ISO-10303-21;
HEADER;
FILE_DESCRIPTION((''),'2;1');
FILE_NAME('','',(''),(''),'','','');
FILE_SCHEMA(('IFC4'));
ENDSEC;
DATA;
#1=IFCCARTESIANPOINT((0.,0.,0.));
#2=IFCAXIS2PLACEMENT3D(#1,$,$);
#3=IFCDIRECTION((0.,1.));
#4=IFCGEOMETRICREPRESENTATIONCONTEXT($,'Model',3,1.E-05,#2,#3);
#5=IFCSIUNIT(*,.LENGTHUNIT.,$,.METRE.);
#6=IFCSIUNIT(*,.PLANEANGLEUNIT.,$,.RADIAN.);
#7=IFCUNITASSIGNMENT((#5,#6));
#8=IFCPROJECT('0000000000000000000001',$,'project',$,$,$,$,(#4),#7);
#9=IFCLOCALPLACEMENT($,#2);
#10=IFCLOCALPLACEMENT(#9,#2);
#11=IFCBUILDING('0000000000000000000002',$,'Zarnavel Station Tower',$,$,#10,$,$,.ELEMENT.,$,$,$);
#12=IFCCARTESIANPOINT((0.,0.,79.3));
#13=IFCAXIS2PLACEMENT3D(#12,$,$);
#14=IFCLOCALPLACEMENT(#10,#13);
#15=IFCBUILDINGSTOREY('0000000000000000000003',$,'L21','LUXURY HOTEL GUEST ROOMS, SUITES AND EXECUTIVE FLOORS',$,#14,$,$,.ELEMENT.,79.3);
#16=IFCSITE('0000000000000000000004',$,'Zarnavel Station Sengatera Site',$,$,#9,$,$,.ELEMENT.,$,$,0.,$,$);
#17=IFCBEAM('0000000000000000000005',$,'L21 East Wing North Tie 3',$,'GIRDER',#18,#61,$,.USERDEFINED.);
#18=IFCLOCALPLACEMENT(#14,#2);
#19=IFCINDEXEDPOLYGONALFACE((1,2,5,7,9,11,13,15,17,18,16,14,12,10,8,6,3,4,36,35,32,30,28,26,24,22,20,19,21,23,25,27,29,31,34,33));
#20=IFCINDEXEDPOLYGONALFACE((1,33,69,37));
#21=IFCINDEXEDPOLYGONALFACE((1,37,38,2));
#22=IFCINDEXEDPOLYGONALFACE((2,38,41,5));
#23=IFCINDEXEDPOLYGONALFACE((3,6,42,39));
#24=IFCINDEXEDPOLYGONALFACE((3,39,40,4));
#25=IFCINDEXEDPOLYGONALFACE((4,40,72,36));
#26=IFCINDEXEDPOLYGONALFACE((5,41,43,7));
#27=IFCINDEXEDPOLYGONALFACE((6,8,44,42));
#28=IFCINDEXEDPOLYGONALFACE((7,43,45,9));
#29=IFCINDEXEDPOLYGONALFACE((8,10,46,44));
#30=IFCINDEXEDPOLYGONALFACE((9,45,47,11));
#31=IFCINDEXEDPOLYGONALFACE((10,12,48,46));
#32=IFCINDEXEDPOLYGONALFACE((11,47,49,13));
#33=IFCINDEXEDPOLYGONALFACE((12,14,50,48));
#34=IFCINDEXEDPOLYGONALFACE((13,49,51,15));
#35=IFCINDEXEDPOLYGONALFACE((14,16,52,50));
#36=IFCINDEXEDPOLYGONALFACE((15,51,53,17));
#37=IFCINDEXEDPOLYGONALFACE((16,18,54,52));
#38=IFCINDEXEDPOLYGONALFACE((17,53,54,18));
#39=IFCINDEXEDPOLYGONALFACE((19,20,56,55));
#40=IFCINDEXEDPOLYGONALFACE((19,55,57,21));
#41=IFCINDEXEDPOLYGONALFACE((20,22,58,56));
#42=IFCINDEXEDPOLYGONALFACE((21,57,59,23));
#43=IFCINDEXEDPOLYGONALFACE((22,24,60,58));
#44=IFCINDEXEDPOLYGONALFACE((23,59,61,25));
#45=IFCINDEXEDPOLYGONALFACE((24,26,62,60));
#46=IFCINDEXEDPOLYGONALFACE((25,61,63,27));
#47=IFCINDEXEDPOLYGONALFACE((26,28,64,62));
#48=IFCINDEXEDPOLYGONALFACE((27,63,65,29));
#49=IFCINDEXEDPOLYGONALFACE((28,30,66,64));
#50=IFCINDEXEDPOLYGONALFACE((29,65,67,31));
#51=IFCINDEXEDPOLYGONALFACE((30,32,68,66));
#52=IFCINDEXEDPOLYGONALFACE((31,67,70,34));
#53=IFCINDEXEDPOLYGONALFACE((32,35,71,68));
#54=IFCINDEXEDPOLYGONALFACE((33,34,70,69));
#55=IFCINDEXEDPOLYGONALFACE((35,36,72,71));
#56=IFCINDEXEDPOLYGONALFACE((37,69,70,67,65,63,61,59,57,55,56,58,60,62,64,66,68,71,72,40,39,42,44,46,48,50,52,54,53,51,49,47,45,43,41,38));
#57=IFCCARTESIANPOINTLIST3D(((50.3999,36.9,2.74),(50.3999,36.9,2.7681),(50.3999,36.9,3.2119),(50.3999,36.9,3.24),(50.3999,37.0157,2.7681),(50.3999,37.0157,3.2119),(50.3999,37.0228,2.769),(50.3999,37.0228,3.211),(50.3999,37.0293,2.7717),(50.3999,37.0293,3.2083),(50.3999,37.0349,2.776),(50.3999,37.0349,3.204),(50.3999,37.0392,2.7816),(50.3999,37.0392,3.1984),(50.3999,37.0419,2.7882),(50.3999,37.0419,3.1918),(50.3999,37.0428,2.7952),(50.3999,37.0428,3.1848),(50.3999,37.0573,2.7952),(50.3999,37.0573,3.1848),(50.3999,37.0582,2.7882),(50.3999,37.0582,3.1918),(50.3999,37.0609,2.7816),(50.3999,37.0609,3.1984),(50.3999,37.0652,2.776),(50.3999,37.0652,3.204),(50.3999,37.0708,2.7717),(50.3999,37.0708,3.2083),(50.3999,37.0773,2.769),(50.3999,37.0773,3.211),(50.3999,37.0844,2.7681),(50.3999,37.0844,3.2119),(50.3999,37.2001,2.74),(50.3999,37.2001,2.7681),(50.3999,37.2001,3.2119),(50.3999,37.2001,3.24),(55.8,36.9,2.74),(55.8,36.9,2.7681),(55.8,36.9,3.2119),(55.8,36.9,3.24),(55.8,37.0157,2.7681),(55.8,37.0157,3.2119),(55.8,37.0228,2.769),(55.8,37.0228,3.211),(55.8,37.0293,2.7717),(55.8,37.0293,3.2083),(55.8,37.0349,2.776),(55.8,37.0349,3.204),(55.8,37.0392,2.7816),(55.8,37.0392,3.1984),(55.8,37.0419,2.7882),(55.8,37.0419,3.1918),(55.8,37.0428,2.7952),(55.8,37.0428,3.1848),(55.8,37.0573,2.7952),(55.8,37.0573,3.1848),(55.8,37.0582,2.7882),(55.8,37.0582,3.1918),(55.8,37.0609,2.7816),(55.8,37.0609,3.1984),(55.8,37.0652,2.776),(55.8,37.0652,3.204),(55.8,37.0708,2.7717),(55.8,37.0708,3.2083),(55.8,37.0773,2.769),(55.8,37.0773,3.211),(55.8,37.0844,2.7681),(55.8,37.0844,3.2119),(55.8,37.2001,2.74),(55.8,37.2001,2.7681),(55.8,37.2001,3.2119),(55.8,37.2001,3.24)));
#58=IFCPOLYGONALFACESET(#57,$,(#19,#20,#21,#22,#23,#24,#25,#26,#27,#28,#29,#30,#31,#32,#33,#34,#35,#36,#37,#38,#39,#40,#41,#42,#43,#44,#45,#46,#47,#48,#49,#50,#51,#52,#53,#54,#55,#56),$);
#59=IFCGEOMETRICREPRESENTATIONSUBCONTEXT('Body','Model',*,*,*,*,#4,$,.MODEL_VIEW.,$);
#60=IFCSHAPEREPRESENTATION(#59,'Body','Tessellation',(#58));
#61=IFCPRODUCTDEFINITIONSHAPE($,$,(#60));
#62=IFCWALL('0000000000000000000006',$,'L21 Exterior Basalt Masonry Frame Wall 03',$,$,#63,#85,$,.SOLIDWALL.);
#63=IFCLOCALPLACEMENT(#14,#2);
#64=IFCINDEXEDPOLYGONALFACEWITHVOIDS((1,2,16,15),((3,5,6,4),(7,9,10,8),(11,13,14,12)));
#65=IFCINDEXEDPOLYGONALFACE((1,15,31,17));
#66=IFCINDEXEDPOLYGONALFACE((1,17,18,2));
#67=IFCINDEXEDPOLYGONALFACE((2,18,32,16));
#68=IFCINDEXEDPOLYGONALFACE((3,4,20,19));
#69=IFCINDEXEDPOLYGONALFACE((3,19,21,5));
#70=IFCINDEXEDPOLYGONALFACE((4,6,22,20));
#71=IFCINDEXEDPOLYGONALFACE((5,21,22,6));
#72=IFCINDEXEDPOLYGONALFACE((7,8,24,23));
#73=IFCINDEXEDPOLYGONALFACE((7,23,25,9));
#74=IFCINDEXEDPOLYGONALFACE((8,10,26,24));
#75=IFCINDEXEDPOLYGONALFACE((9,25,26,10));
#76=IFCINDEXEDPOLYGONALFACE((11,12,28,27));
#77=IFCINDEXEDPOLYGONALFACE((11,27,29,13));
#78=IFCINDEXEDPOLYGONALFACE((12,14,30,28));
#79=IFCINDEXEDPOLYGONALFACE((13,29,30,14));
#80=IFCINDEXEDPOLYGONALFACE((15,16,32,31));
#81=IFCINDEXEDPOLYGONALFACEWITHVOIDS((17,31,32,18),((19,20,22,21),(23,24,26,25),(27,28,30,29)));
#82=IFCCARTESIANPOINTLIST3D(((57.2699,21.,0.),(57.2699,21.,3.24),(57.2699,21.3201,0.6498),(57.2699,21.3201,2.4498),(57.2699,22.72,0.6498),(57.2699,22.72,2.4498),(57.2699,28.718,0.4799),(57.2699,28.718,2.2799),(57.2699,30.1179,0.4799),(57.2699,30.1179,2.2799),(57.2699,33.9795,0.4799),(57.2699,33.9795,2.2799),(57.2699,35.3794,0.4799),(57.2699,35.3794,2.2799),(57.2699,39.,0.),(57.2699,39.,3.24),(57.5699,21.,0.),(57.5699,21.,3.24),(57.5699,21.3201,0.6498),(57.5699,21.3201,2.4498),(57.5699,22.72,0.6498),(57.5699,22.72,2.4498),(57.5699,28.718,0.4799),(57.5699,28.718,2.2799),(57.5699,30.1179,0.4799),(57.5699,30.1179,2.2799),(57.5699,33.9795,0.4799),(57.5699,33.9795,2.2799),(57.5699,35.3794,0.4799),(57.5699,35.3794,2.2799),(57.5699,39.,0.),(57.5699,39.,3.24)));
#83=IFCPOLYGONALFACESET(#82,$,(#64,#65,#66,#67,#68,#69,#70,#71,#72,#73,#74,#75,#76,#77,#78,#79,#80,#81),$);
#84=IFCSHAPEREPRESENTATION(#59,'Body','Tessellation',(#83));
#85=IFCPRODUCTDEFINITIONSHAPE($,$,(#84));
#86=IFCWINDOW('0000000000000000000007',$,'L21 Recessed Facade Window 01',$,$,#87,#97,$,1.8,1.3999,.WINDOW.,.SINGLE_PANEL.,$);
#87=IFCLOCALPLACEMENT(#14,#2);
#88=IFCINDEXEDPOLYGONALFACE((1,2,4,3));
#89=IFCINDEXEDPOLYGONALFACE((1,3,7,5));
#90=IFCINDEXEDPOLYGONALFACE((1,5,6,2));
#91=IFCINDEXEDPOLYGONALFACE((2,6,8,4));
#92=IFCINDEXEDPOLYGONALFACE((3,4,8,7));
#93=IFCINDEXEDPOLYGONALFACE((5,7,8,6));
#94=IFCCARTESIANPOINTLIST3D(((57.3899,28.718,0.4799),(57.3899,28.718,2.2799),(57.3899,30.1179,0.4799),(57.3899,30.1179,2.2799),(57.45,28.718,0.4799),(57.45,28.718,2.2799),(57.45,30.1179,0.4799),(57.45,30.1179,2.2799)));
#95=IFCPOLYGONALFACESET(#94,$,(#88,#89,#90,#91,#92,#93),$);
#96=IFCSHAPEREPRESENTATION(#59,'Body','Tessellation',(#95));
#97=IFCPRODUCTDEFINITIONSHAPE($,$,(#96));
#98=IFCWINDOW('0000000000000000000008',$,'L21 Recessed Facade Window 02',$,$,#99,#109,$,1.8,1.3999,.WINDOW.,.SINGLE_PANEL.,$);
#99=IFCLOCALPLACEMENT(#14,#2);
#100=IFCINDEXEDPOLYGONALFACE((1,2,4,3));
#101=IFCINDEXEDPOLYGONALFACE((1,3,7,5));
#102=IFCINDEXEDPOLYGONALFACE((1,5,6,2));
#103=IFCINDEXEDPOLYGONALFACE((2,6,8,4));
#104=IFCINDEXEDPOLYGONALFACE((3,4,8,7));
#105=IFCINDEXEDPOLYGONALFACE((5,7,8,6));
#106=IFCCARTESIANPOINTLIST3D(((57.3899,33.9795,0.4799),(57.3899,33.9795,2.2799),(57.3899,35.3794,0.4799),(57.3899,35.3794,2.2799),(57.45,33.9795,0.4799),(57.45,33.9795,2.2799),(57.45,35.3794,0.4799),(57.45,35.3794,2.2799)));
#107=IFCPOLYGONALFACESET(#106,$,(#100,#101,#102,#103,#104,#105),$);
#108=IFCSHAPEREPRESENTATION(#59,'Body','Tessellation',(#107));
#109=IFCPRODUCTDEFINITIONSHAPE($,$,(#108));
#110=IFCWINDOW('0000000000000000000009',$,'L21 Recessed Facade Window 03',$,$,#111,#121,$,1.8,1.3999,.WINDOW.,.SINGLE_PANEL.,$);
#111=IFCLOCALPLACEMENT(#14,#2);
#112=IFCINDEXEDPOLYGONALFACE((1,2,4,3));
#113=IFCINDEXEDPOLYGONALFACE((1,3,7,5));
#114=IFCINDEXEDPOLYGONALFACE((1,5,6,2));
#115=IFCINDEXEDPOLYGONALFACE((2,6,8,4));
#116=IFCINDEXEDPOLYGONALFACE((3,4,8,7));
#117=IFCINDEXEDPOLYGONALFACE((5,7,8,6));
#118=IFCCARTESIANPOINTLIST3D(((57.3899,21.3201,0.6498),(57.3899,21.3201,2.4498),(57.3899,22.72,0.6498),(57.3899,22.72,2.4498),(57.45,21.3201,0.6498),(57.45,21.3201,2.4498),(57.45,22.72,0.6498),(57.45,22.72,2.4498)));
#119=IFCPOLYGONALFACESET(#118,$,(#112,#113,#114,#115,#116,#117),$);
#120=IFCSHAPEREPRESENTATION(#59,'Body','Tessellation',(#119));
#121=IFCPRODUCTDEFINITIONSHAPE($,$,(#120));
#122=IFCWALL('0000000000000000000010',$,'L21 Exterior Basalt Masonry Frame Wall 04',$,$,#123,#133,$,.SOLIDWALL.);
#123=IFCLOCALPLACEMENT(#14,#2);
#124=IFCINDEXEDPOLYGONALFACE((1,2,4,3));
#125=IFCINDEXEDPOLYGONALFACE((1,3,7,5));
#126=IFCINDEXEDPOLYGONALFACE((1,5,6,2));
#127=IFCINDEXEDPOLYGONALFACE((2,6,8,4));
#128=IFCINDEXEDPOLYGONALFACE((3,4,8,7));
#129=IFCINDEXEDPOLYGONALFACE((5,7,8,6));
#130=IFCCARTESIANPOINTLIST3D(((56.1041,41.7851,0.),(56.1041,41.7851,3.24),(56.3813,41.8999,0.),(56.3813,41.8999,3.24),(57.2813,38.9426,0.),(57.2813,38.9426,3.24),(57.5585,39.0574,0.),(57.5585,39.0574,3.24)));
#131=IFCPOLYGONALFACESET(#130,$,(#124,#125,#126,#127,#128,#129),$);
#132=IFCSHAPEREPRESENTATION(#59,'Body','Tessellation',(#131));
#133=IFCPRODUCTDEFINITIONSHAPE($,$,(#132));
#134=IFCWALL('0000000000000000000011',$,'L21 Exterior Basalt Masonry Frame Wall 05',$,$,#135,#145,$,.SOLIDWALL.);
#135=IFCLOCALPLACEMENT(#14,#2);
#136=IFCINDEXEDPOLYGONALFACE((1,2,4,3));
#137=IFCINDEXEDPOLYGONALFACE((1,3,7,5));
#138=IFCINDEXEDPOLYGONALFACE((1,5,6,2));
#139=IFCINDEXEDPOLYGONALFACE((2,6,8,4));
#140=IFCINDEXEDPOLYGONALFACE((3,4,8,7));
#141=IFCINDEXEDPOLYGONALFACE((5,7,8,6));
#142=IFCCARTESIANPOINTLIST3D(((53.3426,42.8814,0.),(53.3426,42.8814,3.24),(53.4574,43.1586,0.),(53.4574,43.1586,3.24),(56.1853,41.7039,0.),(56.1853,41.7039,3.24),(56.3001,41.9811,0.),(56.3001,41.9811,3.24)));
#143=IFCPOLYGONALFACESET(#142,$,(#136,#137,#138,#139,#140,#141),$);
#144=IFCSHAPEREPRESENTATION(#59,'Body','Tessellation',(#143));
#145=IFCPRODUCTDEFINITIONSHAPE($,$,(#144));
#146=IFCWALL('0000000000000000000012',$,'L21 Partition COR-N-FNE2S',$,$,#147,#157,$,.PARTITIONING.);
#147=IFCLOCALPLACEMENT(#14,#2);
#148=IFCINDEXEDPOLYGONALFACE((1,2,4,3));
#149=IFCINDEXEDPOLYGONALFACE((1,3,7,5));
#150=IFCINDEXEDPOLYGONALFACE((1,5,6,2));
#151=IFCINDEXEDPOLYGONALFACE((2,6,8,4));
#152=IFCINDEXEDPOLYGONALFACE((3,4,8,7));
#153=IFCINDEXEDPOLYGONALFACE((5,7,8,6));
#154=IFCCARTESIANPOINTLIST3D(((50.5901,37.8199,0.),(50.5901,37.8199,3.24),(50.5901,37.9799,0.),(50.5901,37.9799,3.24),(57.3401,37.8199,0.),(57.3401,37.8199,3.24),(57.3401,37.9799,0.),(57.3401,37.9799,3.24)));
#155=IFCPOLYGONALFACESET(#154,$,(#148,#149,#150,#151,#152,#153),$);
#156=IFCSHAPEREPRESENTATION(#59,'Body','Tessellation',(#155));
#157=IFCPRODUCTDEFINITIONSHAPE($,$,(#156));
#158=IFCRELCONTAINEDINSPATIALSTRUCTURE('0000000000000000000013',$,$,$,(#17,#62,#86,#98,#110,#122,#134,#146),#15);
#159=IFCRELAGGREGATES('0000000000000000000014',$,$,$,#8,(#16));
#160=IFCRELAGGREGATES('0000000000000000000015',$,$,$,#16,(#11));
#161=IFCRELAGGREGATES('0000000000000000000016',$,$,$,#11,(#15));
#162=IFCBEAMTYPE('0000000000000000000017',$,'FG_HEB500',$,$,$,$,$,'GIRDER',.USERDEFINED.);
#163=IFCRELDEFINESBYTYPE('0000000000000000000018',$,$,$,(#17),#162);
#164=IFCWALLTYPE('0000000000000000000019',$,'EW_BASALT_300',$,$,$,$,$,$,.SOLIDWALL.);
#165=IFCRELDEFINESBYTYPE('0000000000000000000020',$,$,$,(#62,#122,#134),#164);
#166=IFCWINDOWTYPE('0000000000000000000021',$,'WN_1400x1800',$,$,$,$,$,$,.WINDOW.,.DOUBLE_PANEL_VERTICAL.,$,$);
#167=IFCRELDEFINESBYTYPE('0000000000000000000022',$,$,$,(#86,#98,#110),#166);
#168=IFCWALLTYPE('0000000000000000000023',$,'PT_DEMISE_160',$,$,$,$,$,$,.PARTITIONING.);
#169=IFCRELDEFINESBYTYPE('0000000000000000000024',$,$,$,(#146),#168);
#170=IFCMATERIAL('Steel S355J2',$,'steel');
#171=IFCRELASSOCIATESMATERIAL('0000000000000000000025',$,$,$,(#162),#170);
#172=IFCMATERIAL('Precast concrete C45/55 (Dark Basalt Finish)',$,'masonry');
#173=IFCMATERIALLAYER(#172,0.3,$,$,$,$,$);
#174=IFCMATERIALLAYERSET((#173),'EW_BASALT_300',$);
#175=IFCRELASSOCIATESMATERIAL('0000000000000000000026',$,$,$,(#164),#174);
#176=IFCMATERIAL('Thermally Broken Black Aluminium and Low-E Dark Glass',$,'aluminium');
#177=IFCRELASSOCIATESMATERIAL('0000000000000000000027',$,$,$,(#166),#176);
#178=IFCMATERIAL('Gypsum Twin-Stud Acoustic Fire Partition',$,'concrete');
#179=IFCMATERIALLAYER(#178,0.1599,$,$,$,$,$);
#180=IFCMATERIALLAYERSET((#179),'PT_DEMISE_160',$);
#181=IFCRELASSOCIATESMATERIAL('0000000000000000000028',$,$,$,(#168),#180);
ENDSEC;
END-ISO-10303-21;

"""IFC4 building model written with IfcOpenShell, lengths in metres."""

from ifc_helpers import new_model, si_unit, direction, frame, frame_2d, origin, origin_2d, place, context, subcontext, project, spatial, rectangle, i_section, extrude, material, layer, layer_set, material_profile, profile_set, type_object, element, fill, save


model = new_model("IFC4")

# Units and contexts
model_context = context("Model", 3, precision=1e-05, world=origin(), true_north=direction((0.0, 1.0)))
body_context = subcontext(model_context, "Body", "Model", "MODEL_VIEW")
ifc_project = project(units=[si_unit("LENGTHUNIT", "METRE"), si_unit("PLANEANGLEUNIT", "RADIAN")], contexts=[model_context])

# Site, building, storey
site_placement = place(None, origin())
site = spatial("IfcSite", under=ifc_project, at=site_placement, Name="Zarnavel Station Sengatera Site", CompositionType="ELEMENT", RefElevation=0.0)
building_placement = place(site_placement, origin())
building = spatial("IfcBuilding", under=site, at=building_placement, Name="Zarnavel Station Tower", CompositionType="ELEMENT")
storey_placement = place(building_placement, frame((0.0, 0.0, 79.3)))
storey = spatial("IfcBuildingStorey", under=building, at=storey_placement, Name="L21", Description="LUXURY HOTEL GUEST ROOMS, SUITES AND EXECUTIVE FLOORS", CompositionType="ELEMENT", Elevation=79.3)

# Beam
ifc_material_1 = material(Name="Steel S355J2", Category="steel")
ifc_material_profile_1 = material_profile(ifc_material_1, i_section(OverallWidth=0.3, OverallDepth=0.5, WebThickness=0.0144, FlangeThickness=0.0281, FilletRadius=0.0271, at=origin_2d()), Name="HEB500")
ifc_profile_set_1 = profile_set([ifc_material_profile_1], Name="Steel S355J2")
beam_type = type_object("IfcBeamType", Name="FG_HEB500", ElementType="GIRDER", PredefinedType="USERDEFINED", material=ifc_profile_set_1)
beam_1_placement = place(storey_placement, frame((50.3999, 37.05, 2.99), z_axis=(1.0, 0.0, 0.0), x_axis=(0.0, 1.0, 0.0)))
element("IfcBeam", 1, at=beam_1_placement, inside=storey, type_object=beam_type, Name="L21 East Wing North Tie 3", ObjectType="GIRDER", PredefinedType="USERDEFINED", context=body_context, shape_type="SweptSolid", body=[
    extrude(i_section(OverallWidth=0.3, OverallDepth=0.5, WebThickness=0.0144, FlangeThickness=0.0281, FilletRadius=0.0271, at=origin_2d()), origin(), (0.0, 0.0, 1.0), 5.4001),
])

# Wall, openings, windows
ifc_material_2 = material(Name="Precast concrete C45/55 (Dark Basalt Finish)", Category="masonry")
ifc_layer_1 = layer(ifc_material_2, 0.3)
ifc_layer_set_1 = layer_set([ifc_layer_1], Name="EW_BASALT_300")
wall_type_1 = type_object("IfcWallType", Name="EW_BASALT_300", PredefinedType="SOLIDWALL", material=ifc_layer_set_1)
wall_1_placement = place(storey_placement, frame((57.4199, 39.0, 0.0), z_axis=(0.0, 0.0, 1.0), x_axis=(0.0, -1.0, 0.0)))
wall_1 = element("IfcWall", 2, at=wall_1_placement, inside=storey, type_object=wall_type_1, Name="L21 Exterior Basalt Masonry Frame Wall 03", PredefinedType="SOLIDWALL", context=body_context, shape_type="SweptSolid", body=[
    extrude(rectangle(XDim=18.0, YDim=0.3, at=frame_2d((9.0, 0.0))), origin(), (0.0, 0.0, 1.0), 3.24),
])
opening_1_placement = place(wall_1_placement, frame((8.8821, 0.0, 0.48)))
opening_1 = element("IfcOpeningElement", 3, at=opening_1_placement, cuts=wall_1, PredefinedType="OPENING", context=body_context, shape_type="SweptSolid", body=[
    extrude(rectangle(XDim=1.3999, YDim=1.8, at=frame_2d((0.7, 0.8999))), frame((0.0, 0.1599, 0.0), z_axis=(0.0, -1.0, 0.0), x_axis=(1.0, 0.0, 0.0)), (0.0, 0.0, 1.0), 0.3201),
])
opening_2_placement = place(wall_1_placement, frame((3.6206, 0.0, 0.48)))
opening_2 = element("IfcOpeningElement", 4, at=opening_2_placement, cuts=wall_1, PredefinedType="OPENING", context=body_context, shape_type="SweptSolid", body=[
    extrude(rectangle(XDim=1.3999, YDim=1.8, at=frame_2d((0.7, 0.8999))), frame((0.0, 0.1599, 0.0), z_axis=(0.0, -1.0, 0.0), x_axis=(1.0, 0.0, 0.0)), (0.0, 0.0, 1.0), 0.3201),
])
opening_3_placement = place(wall_1_placement, frame((16.28, 0.0, 0.6499)))
opening_3 = element("IfcOpeningElement", 5, at=opening_3_placement, cuts=wall_1, PredefinedType="OPENING", context=body_context, shape_type="SweptSolid", body=[
    extrude(rectangle(XDim=1.3999, YDim=1.8, at=frame_2d((0.7, 0.8999))), frame((0.0, 0.1599, 0.0), z_axis=(0.0, -1.0, 0.0), x_axis=(1.0, 0.0, 0.0)), (0.0, 0.0, 1.0), 0.3201),
])
ifc_material_3 = material(Name="Thermally Broken Black Aluminium and Low-E Dark Glass", Category="aluminium")
window_type = type_object("IfcWindowType", Name="WN_1400x1800", PartitioningType="DOUBLE_PANEL_VERTICAL", PredefinedType="WINDOW", material=ifc_material_3)
window_1_placement = place(opening_1_placement, origin())
window_1 = element("IfcWindow", 6, at=window_1_placement, inside=storey, type_object=window_type, Name="L21 Recessed Facade Window 01", OverallHeight=1.8, OverallWidth=1.3999, PartitioningType="SINGLE_PANEL", PredefinedType="WINDOW", context=body_context, shape_type="SweptSolid", body=[
    extrude(rectangle(XDim=1.3999, YDim=1.8, at=frame_2d((0.7, 0.8999))), frame((0.0, 0.03, 0.0), z_axis=(0.0, -1.0, 0.0), x_axis=(1.0, 0.0, 0.0)), (0.0, 0.0, 1.0), 0.0601),
])
fill(opening_1, window_1)
window_2_placement = place(opening_2_placement, origin())
window_2 = element("IfcWindow", 7, at=window_2_placement, inside=storey, type_object=window_type, Name="L21 Recessed Facade Window 02", OverallHeight=1.8, OverallWidth=1.3999, PartitioningType="SINGLE_PANEL", PredefinedType="WINDOW", context=body_context, shape_type="SweptSolid", body=[
    extrude(rectangle(XDim=1.3999, YDim=1.8, at=frame_2d((0.7, 0.8999))), frame((0.0, 0.03, 0.0), z_axis=(0.0, -1.0, 0.0), x_axis=(1.0, 0.0, 0.0)), (0.0, 0.0, 1.0), 0.0601),
])
fill(opening_2, window_2)
window_3_placement = place(opening_3_placement, origin())
window_3 = element("IfcWindow", 8, at=window_3_placement, inside=storey, type_object=window_type, Name="L21 Recessed Facade Window 03", OverallHeight=1.8, OverallWidth=1.3999, PartitioningType="SINGLE_PANEL", PredefinedType="WINDOW", context=body_context, shape_type="SweptSolid", body=[
    extrude(rectangle(XDim=1.3999, YDim=1.8, at=frame_2d((0.7, 0.8999))), frame((0.0, 0.03, 0.0), z_axis=(0.0, -1.0, 0.0), x_axis=(1.0, 0.0, 0.0)), (0.0, 0.0, 1.0), 0.0601),
])
fill(opening_3, window_3)

# Walls
wall_2_placement = place(storey_placement, frame((56.2427, 41.8425, 0.0), z_axis=(0.0, 0.0, 1.0), x_axis=(0.382637, -0.923899, 0.0)))
element("IfcWall", 9, at=wall_2_placement, inside=storey, type_object=wall_type_1, Name="L21 Exterior Basalt Masonry Frame Wall 04", PredefinedType="SOLIDWALL", context=body_context, shape_type="SweptSolid", body=[
    extrude(rectangle(XDim=3.0767, YDim=0.3, at=frame_2d((1.5383, 0.0))), origin(), (0.0, 0.0, 1.0), 3.24),
])
wall_3_placement = place(storey_placement, frame((53.3999, 43.02, 0.0), z_axis=(0.0, 0.0, 1.0), x_axis=(0.923882, -0.382676, 0.0)))
element("IfcWall", 10, at=wall_3_placement, inside=storey, type_object=wall_type_1, Name="L21 Exterior Basalt Masonry Frame Wall 05", PredefinedType="SOLIDWALL", context=body_context, shape_type="SweptSolid", body=[
    extrude(rectangle(XDim=3.0769, YDim=0.3, at=frame_2d((1.5386, 0.0))), origin(), (0.0, 0.0, 1.0), 3.24),
])
ifc_material_4 = material(Name="Gypsum Twin-Stud Acoustic Fire Partition", Category="concrete")
ifc_layer_2 = layer(ifc_material_4, 0.1599)
ifc_layer_set_2 = layer_set([ifc_layer_2], Name="PT_DEMISE_160")
wall_type_2 = type_object("IfcWallType", Name="PT_DEMISE_160", PredefinedType="PARTITIONING", material=ifc_layer_set_2)
wall_4_placement = place(storey_placement, frame((50.5901, 37.8999, 0.0), z_axis=(0.0, 0.0, 1.0), x_axis=(1.0, 0.0, 0.0)))
element("IfcWall", 11, at=wall_4_placement, inside=storey, type_object=wall_type_2, Name="L21 Partition COR-N-FNE2S", PredefinedType="PARTITIONING", context=body_context, shape_type="SweptSolid", body=[
    extrude(rectangle(XDim=6.75, YDim=0.1599, at=frame_2d((3.375, 0.0))), origin(), (0.0, 0.0, 1.0), 3.24),
])

save(model, "model.ifc")
